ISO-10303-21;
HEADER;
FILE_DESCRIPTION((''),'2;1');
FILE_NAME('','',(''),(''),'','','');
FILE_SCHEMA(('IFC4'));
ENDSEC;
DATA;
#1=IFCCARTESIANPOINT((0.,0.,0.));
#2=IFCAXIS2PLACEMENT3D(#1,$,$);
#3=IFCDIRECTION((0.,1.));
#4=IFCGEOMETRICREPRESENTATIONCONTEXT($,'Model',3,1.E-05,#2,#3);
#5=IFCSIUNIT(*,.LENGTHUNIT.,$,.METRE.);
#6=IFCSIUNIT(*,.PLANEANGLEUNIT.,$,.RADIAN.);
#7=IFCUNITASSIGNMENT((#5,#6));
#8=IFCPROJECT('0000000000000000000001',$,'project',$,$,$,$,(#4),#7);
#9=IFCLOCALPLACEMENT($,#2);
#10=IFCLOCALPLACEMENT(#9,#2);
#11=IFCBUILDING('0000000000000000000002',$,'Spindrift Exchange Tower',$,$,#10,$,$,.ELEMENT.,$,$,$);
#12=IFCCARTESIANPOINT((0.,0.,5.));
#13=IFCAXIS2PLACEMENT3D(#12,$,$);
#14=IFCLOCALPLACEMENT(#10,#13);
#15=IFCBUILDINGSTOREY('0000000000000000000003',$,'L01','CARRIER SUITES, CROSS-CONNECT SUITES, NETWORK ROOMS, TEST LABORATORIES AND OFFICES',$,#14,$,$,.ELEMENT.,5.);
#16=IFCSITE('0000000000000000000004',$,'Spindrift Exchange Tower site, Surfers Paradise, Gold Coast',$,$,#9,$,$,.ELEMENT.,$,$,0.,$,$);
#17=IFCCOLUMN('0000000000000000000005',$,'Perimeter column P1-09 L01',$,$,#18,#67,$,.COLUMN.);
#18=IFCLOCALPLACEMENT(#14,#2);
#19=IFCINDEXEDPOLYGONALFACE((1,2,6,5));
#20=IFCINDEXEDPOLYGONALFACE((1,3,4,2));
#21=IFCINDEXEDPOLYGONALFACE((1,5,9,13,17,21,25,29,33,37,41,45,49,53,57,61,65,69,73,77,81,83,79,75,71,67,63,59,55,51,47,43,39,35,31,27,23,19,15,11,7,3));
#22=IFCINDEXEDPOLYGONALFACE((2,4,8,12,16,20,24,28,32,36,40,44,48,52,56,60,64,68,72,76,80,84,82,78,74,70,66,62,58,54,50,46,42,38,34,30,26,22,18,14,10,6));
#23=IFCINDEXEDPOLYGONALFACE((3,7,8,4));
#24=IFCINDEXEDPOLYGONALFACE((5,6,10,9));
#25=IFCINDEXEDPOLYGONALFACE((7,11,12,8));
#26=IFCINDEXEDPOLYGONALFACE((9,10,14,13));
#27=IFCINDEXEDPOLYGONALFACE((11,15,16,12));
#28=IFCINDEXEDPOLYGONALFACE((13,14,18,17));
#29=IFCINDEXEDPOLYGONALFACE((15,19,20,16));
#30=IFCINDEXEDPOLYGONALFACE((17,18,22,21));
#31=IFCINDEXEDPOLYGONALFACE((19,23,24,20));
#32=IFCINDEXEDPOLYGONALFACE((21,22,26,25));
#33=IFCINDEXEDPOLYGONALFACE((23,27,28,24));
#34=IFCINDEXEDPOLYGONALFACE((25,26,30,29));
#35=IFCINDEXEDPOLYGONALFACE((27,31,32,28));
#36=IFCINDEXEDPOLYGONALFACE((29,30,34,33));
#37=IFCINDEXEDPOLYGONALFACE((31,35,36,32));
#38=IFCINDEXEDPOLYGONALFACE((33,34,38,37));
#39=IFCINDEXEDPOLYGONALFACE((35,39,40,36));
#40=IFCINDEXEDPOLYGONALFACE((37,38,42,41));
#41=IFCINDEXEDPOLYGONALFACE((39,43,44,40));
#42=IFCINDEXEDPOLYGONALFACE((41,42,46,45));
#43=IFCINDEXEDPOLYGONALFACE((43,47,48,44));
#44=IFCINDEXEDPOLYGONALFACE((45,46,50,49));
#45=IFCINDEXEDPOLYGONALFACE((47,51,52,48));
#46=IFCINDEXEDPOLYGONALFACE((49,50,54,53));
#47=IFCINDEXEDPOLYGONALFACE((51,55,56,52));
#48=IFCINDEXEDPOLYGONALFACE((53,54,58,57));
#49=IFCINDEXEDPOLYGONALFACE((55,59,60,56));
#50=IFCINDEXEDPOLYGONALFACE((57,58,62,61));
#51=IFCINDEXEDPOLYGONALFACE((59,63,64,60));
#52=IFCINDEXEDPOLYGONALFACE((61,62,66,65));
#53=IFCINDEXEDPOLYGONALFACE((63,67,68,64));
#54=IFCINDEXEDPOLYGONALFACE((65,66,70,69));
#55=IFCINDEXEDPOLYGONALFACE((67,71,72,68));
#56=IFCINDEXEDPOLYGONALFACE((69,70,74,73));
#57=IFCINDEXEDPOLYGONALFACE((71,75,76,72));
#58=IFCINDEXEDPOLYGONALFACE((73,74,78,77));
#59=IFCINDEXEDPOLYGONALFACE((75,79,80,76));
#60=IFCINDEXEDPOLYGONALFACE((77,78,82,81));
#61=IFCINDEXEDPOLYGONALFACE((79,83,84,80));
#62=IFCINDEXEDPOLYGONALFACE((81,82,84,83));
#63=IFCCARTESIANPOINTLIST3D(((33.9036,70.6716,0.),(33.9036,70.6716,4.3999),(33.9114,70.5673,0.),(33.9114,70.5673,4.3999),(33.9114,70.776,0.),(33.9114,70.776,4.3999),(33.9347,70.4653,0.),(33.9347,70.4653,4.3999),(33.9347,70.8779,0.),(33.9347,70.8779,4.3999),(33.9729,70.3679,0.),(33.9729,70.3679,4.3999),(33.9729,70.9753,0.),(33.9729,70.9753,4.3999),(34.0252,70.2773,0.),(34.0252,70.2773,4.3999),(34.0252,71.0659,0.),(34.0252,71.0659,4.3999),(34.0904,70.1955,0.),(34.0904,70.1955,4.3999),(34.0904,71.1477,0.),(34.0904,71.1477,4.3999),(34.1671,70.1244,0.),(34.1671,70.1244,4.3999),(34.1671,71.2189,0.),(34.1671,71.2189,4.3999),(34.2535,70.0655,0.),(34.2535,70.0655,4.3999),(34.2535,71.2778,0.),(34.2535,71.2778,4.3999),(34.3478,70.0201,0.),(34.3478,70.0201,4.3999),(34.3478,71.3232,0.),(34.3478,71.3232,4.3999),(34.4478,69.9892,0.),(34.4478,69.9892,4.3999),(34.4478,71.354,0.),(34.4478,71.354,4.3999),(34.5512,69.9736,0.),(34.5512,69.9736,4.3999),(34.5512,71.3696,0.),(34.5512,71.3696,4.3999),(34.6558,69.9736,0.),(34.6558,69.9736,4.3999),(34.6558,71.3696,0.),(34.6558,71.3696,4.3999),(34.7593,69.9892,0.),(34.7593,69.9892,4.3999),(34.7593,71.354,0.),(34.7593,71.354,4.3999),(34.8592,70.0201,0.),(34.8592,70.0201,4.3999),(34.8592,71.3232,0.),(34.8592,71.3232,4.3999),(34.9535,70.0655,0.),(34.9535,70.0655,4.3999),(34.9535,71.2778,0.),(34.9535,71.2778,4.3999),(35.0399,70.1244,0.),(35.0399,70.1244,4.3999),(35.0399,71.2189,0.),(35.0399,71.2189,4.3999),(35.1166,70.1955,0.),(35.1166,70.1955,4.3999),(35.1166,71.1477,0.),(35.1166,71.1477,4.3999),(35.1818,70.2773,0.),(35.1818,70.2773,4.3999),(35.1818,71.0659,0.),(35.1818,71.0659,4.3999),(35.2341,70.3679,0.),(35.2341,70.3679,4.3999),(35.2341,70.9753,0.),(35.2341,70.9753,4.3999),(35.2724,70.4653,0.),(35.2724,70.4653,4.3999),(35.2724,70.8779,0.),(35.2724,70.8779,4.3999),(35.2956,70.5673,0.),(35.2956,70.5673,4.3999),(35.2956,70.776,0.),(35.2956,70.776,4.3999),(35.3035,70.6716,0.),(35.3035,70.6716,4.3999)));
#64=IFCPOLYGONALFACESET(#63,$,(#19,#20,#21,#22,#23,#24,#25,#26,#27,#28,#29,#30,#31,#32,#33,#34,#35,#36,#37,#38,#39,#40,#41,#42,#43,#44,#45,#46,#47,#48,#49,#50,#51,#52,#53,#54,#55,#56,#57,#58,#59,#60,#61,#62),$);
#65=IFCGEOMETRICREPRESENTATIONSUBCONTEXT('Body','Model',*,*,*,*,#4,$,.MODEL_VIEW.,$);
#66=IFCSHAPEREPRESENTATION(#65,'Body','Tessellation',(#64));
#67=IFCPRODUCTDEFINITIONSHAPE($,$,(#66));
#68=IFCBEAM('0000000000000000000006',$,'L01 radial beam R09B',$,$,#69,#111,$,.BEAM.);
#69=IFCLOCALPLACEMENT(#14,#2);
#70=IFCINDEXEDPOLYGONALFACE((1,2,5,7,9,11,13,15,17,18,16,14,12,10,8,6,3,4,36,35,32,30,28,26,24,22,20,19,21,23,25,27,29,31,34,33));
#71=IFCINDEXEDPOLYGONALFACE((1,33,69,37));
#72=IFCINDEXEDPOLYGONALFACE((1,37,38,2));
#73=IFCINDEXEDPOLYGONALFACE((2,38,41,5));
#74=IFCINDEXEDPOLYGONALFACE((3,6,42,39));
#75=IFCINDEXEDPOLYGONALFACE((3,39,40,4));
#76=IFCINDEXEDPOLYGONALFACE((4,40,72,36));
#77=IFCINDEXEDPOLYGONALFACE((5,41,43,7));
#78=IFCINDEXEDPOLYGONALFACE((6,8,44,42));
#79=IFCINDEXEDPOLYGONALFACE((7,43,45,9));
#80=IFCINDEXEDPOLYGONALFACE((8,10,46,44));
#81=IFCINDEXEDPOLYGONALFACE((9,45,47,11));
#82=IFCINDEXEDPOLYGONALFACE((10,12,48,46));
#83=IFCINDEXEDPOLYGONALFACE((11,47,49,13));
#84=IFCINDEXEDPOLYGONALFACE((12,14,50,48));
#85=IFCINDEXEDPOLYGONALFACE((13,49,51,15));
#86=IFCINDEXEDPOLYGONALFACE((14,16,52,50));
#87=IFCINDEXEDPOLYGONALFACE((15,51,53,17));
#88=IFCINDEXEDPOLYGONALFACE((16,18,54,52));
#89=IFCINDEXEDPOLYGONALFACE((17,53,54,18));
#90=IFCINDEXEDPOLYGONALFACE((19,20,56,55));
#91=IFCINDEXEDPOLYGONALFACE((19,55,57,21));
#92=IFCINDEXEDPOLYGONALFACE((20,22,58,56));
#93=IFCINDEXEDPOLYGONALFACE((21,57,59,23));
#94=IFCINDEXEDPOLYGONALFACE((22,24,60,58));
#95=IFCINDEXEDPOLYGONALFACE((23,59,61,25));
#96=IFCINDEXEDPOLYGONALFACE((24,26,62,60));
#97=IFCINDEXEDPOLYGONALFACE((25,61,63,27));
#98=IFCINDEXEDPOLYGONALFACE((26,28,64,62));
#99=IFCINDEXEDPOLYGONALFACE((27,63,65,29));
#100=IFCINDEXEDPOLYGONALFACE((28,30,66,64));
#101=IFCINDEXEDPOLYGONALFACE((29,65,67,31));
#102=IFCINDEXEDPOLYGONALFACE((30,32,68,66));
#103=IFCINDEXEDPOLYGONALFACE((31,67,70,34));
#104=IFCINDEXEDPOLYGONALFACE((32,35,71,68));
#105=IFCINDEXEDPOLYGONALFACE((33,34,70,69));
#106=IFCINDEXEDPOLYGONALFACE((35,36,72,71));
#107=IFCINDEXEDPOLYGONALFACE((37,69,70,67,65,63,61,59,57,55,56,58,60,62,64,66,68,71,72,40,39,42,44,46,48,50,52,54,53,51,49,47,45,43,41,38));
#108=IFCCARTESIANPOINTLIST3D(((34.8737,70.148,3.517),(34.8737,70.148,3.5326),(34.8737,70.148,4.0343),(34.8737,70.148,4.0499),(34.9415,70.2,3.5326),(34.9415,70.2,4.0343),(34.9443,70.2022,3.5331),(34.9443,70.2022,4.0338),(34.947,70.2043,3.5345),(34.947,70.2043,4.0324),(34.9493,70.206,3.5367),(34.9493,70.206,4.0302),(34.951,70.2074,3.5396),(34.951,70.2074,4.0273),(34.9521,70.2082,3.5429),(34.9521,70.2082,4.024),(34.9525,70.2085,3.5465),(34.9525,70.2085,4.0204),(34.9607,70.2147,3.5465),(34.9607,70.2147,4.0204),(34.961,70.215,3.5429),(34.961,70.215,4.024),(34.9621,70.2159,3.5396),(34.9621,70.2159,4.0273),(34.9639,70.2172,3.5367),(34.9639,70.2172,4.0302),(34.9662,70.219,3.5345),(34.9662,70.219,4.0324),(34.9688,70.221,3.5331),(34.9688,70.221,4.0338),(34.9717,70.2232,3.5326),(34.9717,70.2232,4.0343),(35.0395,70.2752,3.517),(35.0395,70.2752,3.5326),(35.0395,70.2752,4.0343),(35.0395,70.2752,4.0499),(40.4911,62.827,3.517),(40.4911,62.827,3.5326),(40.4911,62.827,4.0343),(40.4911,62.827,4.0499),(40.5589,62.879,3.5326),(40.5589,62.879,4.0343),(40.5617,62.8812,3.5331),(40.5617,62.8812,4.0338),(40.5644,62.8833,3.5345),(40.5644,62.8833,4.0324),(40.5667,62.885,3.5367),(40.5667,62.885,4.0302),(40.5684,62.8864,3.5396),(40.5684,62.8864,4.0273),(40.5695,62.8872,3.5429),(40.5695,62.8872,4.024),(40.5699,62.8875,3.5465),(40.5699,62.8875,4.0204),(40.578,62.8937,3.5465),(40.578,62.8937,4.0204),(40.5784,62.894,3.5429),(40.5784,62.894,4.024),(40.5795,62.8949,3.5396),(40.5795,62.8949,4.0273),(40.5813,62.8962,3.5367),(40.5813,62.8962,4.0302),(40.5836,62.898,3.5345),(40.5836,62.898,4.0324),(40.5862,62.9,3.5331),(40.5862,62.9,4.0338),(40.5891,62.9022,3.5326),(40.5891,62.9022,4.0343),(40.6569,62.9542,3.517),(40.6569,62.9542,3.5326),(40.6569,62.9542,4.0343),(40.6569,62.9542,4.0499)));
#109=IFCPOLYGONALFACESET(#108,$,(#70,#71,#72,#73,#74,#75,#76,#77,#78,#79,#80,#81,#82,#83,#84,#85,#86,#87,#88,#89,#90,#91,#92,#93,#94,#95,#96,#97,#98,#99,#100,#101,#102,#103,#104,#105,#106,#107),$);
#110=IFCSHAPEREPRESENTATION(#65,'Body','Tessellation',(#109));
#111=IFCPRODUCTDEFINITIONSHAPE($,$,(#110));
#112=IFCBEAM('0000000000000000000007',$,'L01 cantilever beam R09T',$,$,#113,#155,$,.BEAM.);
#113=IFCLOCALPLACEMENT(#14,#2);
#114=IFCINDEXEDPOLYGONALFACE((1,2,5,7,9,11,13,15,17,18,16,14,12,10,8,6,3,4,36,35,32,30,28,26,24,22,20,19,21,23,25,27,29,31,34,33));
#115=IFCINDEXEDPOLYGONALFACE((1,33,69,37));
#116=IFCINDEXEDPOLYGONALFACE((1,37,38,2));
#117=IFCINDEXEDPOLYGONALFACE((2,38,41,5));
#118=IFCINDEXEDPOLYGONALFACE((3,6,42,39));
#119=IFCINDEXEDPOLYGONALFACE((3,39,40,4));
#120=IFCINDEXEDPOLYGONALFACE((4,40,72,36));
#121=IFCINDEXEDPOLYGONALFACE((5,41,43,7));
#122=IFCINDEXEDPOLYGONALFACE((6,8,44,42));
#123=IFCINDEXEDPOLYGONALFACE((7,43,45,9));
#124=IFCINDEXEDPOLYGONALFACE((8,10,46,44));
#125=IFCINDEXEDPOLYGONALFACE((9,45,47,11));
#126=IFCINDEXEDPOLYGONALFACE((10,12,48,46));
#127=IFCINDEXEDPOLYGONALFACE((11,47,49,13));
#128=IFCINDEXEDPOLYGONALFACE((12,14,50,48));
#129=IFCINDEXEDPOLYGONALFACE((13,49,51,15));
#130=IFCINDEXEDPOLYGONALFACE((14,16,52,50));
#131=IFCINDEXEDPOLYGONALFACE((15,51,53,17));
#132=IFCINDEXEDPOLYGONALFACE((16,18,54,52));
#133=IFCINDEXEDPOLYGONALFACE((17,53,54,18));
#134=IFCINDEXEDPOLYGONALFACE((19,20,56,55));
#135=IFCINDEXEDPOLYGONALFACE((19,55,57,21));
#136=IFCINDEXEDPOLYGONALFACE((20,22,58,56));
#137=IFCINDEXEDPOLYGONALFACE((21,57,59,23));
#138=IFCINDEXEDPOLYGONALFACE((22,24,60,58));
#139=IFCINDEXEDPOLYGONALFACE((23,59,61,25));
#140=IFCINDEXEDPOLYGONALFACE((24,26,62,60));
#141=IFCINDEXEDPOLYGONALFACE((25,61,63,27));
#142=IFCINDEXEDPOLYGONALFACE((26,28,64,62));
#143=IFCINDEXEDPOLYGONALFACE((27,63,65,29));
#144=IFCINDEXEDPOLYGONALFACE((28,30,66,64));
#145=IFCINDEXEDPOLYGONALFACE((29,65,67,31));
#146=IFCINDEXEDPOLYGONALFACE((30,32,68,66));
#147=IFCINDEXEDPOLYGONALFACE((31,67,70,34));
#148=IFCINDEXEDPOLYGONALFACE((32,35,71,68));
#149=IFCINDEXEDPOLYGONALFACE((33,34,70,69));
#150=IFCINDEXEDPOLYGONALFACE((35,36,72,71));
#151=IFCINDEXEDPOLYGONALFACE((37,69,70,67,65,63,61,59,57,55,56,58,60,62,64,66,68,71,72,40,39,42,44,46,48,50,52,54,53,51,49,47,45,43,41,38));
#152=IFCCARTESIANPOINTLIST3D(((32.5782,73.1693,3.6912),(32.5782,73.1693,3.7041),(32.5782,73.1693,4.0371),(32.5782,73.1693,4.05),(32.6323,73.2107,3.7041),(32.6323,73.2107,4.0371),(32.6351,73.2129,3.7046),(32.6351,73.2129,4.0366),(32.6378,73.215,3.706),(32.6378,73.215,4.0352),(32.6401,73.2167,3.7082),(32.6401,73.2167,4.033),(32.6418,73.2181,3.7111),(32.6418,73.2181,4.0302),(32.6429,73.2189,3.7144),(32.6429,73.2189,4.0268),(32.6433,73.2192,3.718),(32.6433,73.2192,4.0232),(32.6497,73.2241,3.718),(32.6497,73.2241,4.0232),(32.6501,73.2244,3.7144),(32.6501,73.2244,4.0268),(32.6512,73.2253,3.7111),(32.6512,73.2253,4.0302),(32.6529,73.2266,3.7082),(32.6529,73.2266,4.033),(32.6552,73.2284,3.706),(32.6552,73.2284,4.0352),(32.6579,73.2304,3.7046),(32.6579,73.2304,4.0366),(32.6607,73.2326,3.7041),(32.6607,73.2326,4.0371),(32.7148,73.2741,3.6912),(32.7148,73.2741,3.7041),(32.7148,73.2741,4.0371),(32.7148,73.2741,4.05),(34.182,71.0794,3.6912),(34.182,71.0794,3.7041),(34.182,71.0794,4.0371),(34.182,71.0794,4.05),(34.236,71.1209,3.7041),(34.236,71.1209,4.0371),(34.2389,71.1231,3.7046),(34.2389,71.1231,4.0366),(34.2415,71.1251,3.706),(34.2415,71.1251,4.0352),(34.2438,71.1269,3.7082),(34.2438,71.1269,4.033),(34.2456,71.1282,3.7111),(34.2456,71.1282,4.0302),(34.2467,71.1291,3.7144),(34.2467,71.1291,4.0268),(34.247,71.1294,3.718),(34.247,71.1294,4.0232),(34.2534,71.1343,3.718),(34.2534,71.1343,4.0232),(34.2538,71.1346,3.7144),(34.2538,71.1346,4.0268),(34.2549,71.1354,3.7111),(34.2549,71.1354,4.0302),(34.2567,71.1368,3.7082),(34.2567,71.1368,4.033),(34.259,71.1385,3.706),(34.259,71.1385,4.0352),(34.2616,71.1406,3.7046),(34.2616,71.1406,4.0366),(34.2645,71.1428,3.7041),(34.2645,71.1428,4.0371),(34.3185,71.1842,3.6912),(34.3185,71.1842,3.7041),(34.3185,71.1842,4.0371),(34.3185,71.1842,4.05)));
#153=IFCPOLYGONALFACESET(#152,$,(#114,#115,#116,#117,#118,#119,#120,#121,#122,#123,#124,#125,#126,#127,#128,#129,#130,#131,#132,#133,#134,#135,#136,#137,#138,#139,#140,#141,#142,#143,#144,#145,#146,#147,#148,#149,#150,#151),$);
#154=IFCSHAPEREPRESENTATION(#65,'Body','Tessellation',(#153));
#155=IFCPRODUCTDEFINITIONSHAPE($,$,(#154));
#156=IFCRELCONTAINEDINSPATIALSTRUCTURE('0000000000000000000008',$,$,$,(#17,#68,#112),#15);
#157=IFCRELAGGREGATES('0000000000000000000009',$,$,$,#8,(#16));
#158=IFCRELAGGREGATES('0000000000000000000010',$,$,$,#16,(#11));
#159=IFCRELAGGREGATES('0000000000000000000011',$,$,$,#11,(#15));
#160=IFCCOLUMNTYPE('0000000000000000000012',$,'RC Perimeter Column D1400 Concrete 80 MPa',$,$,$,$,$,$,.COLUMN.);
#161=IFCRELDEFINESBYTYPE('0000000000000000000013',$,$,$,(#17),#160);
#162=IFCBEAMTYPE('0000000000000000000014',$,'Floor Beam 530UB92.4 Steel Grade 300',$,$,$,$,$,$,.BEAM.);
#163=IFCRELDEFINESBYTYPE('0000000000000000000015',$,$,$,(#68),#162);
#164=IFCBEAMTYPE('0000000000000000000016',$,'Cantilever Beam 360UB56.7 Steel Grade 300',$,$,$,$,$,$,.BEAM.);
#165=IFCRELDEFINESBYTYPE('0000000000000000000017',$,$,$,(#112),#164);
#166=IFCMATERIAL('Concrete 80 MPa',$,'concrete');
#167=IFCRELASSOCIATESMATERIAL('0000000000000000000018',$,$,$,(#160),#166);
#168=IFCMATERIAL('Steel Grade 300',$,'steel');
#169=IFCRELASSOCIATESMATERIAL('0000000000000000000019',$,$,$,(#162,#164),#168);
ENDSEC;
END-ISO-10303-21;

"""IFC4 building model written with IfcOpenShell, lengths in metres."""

from ifc_helpers import new_model, si_unit, direction, frame, origin, origin_2d, place, context, subcontext, project, spatial, circle, i_section, extrude, source, transform, mapped, material, material_profile, profile_set, type_object, element, save


model = new_model("IFC4")

# Units and contexts
model_context = context("Model", 3, precision=1e-05, world=origin(), true_north=direction((0.0, 1.0)))
body_context = subcontext(model_context, "Body", "Model", "MODEL_VIEW")
ifc_project = project(units=[si_unit("LENGTHUNIT", "METRE"), si_unit("PLANEANGLEUNIT", "RADIAN")], contexts=[model_context])

# Site, building, storey
site_placement = place(None, origin())
site = spatial("IfcSite", under=ifc_project, at=site_placement, Name="Spindrift Exchange Tower site, Surfers Paradise, Gold Coast", CompositionType="ELEMENT", RefElevation=0.0)
building_placement = place(site_placement, origin())
building = spatial("IfcBuilding", under=site, at=building_placement, Name="Spindrift Exchange Tower", CompositionType="ELEMENT")
storey_placement = place(building_placement, frame((0.0, 0.0, 5.0)))
storey = spatial("IfcBuildingStorey", under=building, at=storey_placement, Name="L01", Description="CARRIER SUITES, CROSS-CONNECT SUITES, NETWORK ROOMS, TEST LABORATORIES AND OFFICES", CompositionType="ELEMENT", Elevation=5.0)

# Column
ifc_material_1 = material(Name="Concrete 80 MPa", Category="concrete")
ifc_material_profile_1 = material_profile(ifc_material_1, circle(Radius=0.7, at=origin_2d()), Name="RC D1400")
ifc_profile_set_1 = profile_set([ifc_material_profile_1], Name="Concrete 80 MPa")
column_type = type_object("IfcColumnType", Name="RC Perimeter Column D1400 Concrete 80 MPa", PredefinedType="COLUMN", material=ifc_profile_set_1)
shared_shape_1 = source(origin(), body_context, "Body", "SweptSolid", [
    extrude(circle(Radius=0.7, at=origin_2d()), origin(), (0.0, 0.0, 1.0), 4.3999),
])
column_placement = place(storey_placement, frame((34.6035, 70.6716, 0.0), z_axis=(0.0, 0.0, 1.0), x_axis=(1.0, 0.0, 0.0)))
element("IfcColumn", 1, at=column_placement, inside=storey, type_object=column_type, Name="Perimeter column P1-09 L01", PredefinedType="COLUMN", context=body_context, shape_type="MappedRepresentation", body=[
    mapped(shared_shape_1, transform((0.0, 0.0, 0.0), scale=1.0)),
])

# Beams
ifc_material_2 = material(Name="Steel Grade 300", Category="steel")
ifc_material_profile_2 = material_profile(ifc_material_2, i_section(OverallWidth=0.209, OverallDepth=0.533, WebThickness=0.0103, FlangeThickness=0.0156, FilletRadius=0.0139, at=origin_2d()), Name="530UB92.4")
ifc_profile_set_2 = profile_set([ifc_material_profile_2], Name="Steel Grade 300")
beam_type_1 = type_object("IfcBeamType", Name="Floor Beam 530UB92.4 Steel Grade 300", PredefinedType="BEAM", material=ifc_profile_set_2)
shared_shape_2 = source(origin(), body_context, "Body", "SweptSolid", [
    extrude(i_section(OverallWidth=0.209, OverallDepth=0.533, WebThickness=0.0103, FlangeThickness=0.0156, FilletRadius=0.0139, at=origin_2d()), origin(), (0.0, 0.0, 1.0), 9.2278),
])
beam_1_placement = place(storey_placement, frame((40.574, 62.8906, 3.7834), z_axis=(-0.608748, 0.793364, 0.0), x_axis=(-0.793364, -0.608748, 0.0)))
element("IfcBeam", 2, at=beam_1_placement, inside=storey, type_object=beam_type_1, Name="L01 radial beam R09B", PredefinedType="BEAM", context=body_context, shape_type="MappedRepresentation", body=[
    mapped(shared_shape_2, transform((0.0, 0.0, 0.0), scale=1.0)),
])
ifc_material_profile_3 = material_profile(ifc_material_2, i_section(OverallWidth=0.1721, OverallDepth=0.3589, WebThickness=0.0081, FlangeThickness=0.0129, FilletRadius=0.0139, at=origin_2d()), Name="360UB56.7")
ifc_profile_set_3 = profile_set([ifc_material_profile_3], Name="Steel Grade 300")
beam_type_2 = type_object("IfcBeamType", Name="Cantilever Beam 360UB56.7 Steel Grade 300", PredefinedType="BEAM", material=ifc_profile_set_3)
shared_shape_3 = source(origin(), body_context, "Body", "SweptSolid", [
    extrude(i_section(OverallWidth=0.1721, OverallDepth=0.3589, WebThickness=0.0081, FlangeThickness=0.0129, FilletRadius=0.0139, at=origin_2d()), origin(), (0.0, 0.0, 1.0), 2.6343),
])
beam_2_placement = place(storey_placement, frame((34.2502, 71.1318, 3.8706), z_axis=(-0.608801, 0.793323, 0.0), x_axis=(-0.793323, -0.608801, 0.0)))
element("IfcBeam", 3, at=beam_2_placement, inside=storey, type_object=beam_type_2, Name="L01 cantilever beam R09T", PredefinedType="BEAM", context=body_context, shape_type="MappedRepresentation", body=[
    mapped(shared_shape_3, transform((0.0, 0.0, 0.0), scale=1.0)),
])

save(model, "model.ifc")
